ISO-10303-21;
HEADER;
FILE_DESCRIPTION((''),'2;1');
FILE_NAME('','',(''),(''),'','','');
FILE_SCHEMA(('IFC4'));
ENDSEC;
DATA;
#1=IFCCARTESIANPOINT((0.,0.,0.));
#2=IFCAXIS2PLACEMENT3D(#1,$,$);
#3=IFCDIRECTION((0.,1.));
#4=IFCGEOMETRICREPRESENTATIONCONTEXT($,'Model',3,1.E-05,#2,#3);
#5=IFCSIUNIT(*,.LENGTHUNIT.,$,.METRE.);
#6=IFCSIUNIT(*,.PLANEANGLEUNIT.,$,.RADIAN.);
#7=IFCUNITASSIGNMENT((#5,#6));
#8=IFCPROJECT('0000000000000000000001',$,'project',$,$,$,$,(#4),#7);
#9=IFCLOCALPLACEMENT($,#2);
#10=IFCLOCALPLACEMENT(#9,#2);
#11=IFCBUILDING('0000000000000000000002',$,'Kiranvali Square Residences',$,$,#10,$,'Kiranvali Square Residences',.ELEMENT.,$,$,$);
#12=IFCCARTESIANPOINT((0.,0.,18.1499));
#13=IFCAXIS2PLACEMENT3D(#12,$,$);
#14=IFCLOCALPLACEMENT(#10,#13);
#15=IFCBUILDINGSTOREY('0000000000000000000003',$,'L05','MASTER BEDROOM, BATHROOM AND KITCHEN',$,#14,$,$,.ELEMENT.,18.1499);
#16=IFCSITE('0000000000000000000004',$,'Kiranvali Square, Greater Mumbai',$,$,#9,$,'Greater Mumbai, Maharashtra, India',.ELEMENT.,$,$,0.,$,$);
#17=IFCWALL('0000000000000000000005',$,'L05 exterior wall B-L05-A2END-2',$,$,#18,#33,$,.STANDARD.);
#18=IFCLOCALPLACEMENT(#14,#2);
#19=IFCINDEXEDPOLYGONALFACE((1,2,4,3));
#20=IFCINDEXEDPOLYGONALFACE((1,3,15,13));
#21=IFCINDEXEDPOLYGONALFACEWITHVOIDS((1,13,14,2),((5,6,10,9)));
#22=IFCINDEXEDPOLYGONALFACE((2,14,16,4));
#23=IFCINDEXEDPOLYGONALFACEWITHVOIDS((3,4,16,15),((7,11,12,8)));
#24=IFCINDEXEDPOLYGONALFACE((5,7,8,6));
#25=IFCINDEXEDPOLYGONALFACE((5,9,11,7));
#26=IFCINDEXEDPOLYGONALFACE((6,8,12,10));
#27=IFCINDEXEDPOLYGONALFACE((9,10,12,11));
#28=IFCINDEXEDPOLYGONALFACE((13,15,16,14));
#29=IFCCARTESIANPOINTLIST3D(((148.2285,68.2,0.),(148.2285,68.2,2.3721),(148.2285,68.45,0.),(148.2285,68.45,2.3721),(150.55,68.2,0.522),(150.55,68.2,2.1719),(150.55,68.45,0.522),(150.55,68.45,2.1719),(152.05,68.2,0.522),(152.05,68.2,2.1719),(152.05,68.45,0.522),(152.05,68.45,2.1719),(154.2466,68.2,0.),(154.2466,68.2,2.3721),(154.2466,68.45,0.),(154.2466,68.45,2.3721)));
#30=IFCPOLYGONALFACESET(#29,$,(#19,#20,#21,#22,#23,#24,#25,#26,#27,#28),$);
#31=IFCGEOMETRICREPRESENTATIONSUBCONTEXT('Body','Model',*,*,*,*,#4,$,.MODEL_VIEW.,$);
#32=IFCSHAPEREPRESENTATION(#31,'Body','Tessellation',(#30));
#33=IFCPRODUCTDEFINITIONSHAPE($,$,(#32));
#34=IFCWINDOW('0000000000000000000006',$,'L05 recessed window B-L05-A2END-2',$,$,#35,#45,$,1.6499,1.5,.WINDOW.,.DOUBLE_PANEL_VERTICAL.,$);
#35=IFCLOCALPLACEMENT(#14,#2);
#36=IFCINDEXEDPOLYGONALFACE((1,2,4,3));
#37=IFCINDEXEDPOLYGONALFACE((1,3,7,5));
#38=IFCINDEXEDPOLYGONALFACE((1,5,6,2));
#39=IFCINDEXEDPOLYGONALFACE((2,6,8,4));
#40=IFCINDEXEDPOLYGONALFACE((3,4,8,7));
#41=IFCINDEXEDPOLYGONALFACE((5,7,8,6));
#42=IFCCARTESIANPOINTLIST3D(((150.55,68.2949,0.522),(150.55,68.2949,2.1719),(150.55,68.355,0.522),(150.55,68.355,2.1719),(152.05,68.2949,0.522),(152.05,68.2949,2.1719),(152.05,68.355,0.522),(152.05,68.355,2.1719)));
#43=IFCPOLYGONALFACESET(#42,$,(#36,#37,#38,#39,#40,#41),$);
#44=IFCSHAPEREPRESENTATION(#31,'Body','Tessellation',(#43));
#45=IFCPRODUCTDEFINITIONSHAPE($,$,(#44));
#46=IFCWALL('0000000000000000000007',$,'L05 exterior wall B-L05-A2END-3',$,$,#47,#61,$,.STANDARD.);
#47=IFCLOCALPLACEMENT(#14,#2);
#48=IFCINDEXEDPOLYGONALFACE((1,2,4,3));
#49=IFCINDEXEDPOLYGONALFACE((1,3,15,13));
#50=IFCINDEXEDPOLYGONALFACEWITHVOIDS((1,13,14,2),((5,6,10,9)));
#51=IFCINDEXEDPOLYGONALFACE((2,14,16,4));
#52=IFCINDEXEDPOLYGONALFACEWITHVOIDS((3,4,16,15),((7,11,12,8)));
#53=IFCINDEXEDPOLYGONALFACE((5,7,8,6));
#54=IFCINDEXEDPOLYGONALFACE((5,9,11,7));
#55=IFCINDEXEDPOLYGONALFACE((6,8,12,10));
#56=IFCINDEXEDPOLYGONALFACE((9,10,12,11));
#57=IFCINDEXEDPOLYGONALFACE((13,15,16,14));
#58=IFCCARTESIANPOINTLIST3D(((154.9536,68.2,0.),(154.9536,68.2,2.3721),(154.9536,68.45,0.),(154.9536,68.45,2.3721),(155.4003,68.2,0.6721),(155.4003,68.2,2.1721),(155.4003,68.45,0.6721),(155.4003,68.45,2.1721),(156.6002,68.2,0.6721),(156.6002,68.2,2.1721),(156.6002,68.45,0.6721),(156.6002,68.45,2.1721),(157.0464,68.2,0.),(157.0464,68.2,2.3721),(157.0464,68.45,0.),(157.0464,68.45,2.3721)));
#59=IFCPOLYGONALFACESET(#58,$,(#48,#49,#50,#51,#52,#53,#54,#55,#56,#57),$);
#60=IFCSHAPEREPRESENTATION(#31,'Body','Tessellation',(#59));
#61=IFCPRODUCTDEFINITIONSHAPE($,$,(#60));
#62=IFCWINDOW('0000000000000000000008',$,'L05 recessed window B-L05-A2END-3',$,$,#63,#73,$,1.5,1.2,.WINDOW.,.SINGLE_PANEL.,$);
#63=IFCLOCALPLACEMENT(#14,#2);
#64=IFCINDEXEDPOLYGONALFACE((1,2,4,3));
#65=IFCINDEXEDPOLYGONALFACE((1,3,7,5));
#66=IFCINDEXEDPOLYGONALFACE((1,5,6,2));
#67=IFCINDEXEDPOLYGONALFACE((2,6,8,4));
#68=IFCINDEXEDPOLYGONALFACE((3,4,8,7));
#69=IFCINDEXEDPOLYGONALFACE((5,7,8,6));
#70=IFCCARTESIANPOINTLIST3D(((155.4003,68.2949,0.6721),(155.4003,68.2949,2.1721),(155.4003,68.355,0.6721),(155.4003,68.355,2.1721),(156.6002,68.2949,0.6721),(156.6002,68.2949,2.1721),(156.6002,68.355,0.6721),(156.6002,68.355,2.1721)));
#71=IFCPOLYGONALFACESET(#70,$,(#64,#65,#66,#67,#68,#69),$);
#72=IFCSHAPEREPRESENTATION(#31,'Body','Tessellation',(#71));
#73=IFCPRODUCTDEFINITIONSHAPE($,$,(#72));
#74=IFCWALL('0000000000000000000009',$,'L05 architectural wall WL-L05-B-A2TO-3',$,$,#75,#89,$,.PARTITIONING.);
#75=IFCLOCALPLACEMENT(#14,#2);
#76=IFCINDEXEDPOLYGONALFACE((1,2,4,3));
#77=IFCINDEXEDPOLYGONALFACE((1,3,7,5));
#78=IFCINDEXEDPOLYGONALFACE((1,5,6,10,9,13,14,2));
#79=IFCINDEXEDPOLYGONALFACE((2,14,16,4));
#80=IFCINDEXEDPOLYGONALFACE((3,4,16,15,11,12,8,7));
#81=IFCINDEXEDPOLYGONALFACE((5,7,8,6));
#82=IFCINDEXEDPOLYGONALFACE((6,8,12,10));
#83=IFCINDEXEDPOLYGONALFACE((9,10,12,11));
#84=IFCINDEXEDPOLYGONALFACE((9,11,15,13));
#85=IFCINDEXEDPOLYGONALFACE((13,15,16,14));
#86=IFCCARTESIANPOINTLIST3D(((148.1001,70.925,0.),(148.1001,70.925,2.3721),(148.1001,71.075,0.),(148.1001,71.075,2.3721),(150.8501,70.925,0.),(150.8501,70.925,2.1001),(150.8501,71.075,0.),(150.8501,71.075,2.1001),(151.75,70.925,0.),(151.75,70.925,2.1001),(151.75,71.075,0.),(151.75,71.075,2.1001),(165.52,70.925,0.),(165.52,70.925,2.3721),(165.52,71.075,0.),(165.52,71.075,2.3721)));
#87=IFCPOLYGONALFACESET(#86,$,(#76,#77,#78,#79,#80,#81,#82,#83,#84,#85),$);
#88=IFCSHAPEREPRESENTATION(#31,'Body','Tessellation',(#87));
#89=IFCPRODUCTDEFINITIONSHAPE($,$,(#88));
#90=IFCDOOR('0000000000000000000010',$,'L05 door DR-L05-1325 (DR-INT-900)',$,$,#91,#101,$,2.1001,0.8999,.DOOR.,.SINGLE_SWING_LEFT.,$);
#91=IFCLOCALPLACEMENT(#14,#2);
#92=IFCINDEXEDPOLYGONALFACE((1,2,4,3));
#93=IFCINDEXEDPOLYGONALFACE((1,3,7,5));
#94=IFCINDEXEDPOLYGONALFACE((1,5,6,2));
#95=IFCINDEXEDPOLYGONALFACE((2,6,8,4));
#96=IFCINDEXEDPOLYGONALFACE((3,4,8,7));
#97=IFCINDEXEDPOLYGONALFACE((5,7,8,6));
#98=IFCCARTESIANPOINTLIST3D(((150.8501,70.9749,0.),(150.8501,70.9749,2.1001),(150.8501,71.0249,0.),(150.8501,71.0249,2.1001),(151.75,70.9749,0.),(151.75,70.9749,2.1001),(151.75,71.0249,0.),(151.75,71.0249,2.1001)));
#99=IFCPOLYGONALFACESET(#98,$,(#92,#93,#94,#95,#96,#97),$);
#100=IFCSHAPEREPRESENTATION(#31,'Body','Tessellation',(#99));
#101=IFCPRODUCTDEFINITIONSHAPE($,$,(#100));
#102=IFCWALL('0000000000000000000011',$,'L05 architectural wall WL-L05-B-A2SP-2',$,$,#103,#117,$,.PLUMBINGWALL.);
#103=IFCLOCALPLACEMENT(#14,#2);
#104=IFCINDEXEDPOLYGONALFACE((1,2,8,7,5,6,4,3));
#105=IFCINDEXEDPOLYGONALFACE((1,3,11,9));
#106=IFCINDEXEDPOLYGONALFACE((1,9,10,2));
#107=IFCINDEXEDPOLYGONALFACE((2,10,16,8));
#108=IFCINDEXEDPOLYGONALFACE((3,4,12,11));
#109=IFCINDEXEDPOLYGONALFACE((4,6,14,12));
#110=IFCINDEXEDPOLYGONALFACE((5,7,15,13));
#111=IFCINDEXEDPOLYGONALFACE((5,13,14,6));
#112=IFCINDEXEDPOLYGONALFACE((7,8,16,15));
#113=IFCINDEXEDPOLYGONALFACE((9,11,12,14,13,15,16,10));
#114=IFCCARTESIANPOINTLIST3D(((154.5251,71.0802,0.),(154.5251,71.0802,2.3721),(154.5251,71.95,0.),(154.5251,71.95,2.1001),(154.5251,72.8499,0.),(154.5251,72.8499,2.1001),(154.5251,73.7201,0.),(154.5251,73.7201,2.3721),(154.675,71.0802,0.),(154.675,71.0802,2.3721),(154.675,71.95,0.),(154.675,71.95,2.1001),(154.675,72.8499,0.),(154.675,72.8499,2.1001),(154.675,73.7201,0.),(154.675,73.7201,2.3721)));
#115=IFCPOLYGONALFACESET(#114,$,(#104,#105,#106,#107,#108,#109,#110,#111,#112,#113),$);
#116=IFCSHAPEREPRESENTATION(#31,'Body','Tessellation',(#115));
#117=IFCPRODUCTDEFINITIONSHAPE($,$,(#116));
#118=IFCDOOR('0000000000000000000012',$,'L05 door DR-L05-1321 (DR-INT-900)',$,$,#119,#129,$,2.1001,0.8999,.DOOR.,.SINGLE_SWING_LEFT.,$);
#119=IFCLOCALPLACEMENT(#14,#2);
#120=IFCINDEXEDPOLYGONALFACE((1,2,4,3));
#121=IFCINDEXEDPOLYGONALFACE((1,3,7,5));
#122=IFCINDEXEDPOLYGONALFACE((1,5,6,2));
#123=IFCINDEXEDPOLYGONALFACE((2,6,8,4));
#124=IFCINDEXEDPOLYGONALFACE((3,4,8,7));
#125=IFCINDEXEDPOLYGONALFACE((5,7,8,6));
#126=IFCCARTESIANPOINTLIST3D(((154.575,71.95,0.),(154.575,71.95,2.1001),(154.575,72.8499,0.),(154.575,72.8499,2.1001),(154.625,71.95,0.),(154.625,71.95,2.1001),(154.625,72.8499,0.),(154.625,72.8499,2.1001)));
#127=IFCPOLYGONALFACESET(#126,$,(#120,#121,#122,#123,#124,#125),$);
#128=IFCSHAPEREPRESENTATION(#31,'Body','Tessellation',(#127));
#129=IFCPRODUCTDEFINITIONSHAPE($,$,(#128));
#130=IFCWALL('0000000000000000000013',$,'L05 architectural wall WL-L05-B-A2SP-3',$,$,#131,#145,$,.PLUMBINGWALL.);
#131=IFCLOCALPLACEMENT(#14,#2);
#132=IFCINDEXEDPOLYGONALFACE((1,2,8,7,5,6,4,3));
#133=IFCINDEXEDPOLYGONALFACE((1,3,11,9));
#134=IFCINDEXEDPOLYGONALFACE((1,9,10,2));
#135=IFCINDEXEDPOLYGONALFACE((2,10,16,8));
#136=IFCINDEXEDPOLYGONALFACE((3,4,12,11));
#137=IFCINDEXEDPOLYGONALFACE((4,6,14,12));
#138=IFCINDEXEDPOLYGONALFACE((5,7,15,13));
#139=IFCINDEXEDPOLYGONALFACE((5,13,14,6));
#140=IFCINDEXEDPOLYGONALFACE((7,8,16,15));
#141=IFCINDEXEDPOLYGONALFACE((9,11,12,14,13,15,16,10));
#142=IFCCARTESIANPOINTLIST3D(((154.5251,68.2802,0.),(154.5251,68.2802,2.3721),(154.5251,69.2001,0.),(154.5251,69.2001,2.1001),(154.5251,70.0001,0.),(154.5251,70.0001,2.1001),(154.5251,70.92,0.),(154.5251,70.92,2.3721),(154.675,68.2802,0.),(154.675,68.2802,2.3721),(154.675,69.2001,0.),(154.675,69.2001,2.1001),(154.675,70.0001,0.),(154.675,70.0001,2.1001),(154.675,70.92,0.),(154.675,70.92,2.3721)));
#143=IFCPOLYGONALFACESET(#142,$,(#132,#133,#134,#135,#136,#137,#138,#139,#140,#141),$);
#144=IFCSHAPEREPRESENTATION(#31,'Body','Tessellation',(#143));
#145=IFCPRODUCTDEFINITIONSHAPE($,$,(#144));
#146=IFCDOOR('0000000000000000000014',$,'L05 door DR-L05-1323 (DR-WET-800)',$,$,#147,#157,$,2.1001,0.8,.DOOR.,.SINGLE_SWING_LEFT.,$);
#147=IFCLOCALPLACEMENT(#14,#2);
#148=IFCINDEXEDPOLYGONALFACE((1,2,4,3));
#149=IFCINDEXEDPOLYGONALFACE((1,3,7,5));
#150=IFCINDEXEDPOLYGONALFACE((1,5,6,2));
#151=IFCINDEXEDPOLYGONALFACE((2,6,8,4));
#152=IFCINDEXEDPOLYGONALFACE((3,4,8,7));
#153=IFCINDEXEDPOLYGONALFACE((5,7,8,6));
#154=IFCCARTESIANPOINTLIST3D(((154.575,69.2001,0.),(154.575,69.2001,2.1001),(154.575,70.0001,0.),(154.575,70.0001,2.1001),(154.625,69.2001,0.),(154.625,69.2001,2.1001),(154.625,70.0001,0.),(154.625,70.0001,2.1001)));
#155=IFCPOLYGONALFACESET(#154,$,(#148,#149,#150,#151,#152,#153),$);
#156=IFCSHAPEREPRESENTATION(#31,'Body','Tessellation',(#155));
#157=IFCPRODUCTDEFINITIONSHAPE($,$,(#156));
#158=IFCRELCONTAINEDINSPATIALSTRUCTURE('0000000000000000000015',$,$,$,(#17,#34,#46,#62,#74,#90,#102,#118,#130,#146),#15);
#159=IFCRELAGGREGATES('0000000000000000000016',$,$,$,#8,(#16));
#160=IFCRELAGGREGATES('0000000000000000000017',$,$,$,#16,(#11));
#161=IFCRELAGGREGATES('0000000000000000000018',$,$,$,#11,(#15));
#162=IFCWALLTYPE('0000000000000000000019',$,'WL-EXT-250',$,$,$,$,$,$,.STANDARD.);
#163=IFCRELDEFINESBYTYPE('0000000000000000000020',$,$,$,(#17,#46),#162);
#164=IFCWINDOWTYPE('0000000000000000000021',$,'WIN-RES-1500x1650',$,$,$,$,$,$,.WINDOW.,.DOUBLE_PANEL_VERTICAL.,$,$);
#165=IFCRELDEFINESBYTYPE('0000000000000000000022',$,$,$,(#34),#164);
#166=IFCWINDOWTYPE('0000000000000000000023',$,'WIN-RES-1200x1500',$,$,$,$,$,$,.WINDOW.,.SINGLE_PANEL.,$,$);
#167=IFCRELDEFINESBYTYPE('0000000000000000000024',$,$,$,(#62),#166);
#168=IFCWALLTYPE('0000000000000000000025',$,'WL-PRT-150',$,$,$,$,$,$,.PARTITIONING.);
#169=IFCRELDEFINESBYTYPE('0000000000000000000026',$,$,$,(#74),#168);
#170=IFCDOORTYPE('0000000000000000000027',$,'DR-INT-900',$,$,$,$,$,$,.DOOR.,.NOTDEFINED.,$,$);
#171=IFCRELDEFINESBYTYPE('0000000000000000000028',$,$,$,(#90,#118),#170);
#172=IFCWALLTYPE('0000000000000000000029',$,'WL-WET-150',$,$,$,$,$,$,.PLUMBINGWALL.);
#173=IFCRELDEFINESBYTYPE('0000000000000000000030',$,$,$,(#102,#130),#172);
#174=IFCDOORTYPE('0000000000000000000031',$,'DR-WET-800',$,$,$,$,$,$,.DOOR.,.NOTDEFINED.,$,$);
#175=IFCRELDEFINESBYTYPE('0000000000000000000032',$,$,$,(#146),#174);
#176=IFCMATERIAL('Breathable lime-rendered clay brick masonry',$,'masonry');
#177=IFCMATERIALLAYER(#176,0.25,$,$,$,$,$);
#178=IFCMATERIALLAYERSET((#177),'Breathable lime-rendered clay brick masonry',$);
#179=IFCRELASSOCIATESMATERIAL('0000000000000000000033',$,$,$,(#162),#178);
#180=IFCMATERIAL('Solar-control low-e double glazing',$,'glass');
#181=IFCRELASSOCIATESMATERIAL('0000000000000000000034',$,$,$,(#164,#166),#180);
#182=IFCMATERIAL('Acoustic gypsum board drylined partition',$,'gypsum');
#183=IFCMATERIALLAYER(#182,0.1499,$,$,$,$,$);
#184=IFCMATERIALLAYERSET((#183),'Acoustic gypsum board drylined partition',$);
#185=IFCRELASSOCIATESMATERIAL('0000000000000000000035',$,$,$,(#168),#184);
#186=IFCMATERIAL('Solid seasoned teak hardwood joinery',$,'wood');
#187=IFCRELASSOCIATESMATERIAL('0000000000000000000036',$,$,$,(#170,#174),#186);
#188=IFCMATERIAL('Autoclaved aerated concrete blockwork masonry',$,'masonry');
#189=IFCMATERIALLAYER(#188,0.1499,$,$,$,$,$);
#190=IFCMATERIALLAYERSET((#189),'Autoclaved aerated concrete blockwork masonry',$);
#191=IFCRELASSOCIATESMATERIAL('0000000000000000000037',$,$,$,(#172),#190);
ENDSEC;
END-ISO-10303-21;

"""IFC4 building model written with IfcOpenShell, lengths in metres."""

from ifc_helpers import new_model, si_unit, direction, frame, frame_2d, origin, place, context, subcontext, project, spatial, rectangle, extrude, material, layer, layer_set, type_object, element, fill, save


model = new_model("IFC4")

# Units and contexts
model_context = context("Model", 3, precision=1e-05, world=origin(), true_north=direction((0.0, 1.0)))
body_context = subcontext(model_context, "Body", "Model", "MODEL_VIEW")
ifc_project = project(units=[si_unit("LENGTHUNIT", "METRE"), si_unit("PLANEANGLEUNIT", "RADIAN")], contexts=[model_context])

# Site, building, storey
site_placement = place(None, origin())
site = spatial("IfcSite", under=ifc_project, at=site_placement, Name="Kiranvali Square, Greater Mumbai", LongName="Greater Mumbai, Maharashtra, India", CompositionType="ELEMENT", RefElevation=0.0)
building_placement = place(site_placement, origin())
building = spatial("IfcBuilding", under=site, at=building_placement, Name="Kiranvali Square Residences", LongName="Kiranvali Square Residences", CompositionType="ELEMENT")
storey_placement = place(building_placement, frame((0.0, 0.0, 18.1499)))
storey = spatial("IfcBuildingStorey", under=building, at=storey_placement, Name="L05", Description="MASTER BEDROOM, BATHROOM AND KITCHEN", CompositionType="ELEMENT", Elevation=18.1499)

# Shared definitions
ifc_material_1 = material(Name="Autoclaved aerated concrete blockwork masonry", Category="masonry")

# Walls, openings, windows
ifc_material_2 = material(Name="Breathable lime-rendered clay brick masonry", Category="masonry")
ifc_layer_1 = layer(ifc_material_2, 0.25)
ifc_layer_set_1 = layer_set([ifc_layer_1], Name="Breathable lime-rendered clay brick masonry")
wall_type_1 = type_object("IfcWallType", Name="WL-EXT-250", PredefinedType="STANDARD", material=ifc_layer_set_1)
wall_1_placement = place(storey_placement, frame((148.2285, 68.325, 0.0), z_axis=(0.0, 0.0, 1.0), x_axis=(1.0, 0.0, 0.0)))
wall_1 = element("IfcWall", 1, at=wall_1_placement, inside=storey, type_object=wall_type_1, Name="L05 exterior wall B-L05-A2END-2", PredefinedType="STANDARD", context=body_context, shape_type="SweptSolid", body=[
    extrude(rectangle(XDim=6.0181, YDim=0.25, at=frame_2d((3.009, 0.0))), origin(), (0.0, 0.0, 1.0), 2.3721),
])
opening_1_placement = place(wall_1_placement, frame((2.3215, 0.0, 0.522)))
opening_1 = element("IfcOpeningElement", 2, at=opening_1_placement, cuts=wall_1, PredefinedType="OPENING", context=body_context, shape_type="SweptSolid", body=[
    extrude(rectangle(XDim=1.5, YDim=1.6499, at=frame_2d((0.75, 0.825))), frame((0.0, 0.135, 0.0), z_axis=(0.0, -1.0, 0.0), x_axis=(1.0, 0.0, 0.0)), (0.0, 0.0, 1.0), 0.27),
])
ifc_material_3 = material(Name="Solar-control low-e double glazing", Category="glass")
window_type_1 = type_object("IfcWindowType", Name="WIN-RES-1500x1650", PartitioningType="DOUBLE_PANEL_VERTICAL", PredefinedType="WINDOW", material=ifc_material_3)
window_1_placement = place(opening_1_placement, origin())
window_1 = element("IfcWindow", 3, at=window_1_placement, inside=storey, type_object=window_type_1, Name="L05 recessed window B-L05-A2END-2", OverallHeight=1.6499, OverallWidth=1.5, PartitioningType="DOUBLE_PANEL_VERTICAL", PredefinedType="WINDOW", context=body_context, shape_type="SweptSolid", body=[
    extrude(rectangle(XDim=1.5, YDim=1.6499, at=frame_2d((0.75, 0.825))), frame((0.0, 0.03, 0.0), z_axis=(0.0, -1.0, 0.0), x_axis=(1.0, 0.0, 0.0)), (0.0, 0.0, 1.0), 0.0601),
])
fill(opening_1, window_1)
wall_2_placement = place(storey_placement, frame((154.9536, 68.325, 0.0), z_axis=(0.0, 0.0, 1.0), x_axis=(1.0, 0.0, 0.0)))
wall_2 = element("IfcWall", 4, at=wall_2_placement, inside=storey, type_object=wall_type_1, Name="L05 exterior wall B-L05-A2END-3", PredefinedType="STANDARD", context=body_context, shape_type="SweptSolid", body=[
    extrude(rectangle(XDim=2.0928, YDim=0.25, at=frame_2d((1.0464, 0.0))), origin(), (0.0, 0.0, 1.0), 2.3721),
])
opening_2_placement = place(wall_2_placement, frame((0.4465, 0.0, 0.6721)))
opening_2 = element("IfcOpeningElement", 5, at=opening_2_placement, cuts=wall_2, PredefinedType="OPENING", context=body_context, shape_type="SweptSolid", body=[
    extrude(rectangle(XDim=1.2, YDim=1.5, at=frame_2d((0.6001, 0.75))), frame((0.0, 0.135, 0.0), z_axis=(0.0, -1.0, 0.0), x_axis=(1.0, 0.0, 0.0)), (0.0, 0.0, 1.0), 0.27),
])
window_type_2 = type_object("IfcWindowType", Name="WIN-RES-1200x1500", PartitioningType="SINGLE_PANEL", PredefinedType="WINDOW", material=ifc_material_3)
window_2_placement = place(opening_2_placement, origin())
window_2 = element("IfcWindow", 6, at=window_2_placement, inside=storey, type_object=window_type_2, Name="L05 recessed window B-L05-A2END-3", OverallHeight=1.5, OverallWidth=1.2, PartitioningType="SINGLE_PANEL", PredefinedType="WINDOW", context=body_context, shape_type="SweptSolid", body=[
    extrude(rectangle(XDim=1.2, YDim=1.5, at=frame_2d((0.6001, 0.75))), frame((0.0, 0.03, 0.0), z_axis=(0.0, -1.0, 0.0), x_axis=(1.0, 0.0, 0.0)), (0.0, 0.0, 1.0), 0.0601),
])
fill(opening_2, window_2)

# Walls, openings, doors
ifc_material_4 = material(Name="Acoustic gypsum board drylined partition", Category="gypsum")
ifc_layer_2 = layer(ifc_material_4, 0.1499)
ifc_layer_set_2 = layer_set([ifc_layer_2], Name="Acoustic gypsum board drylined partition")
wall_type_2 = type_object("IfcWallType", Name="WL-PRT-150", PredefinedType="PARTITIONING", material=ifc_layer_set_2)
wall_3_placement = place(storey_placement, frame((148.1001, 71.0, 0.0), z_axis=(0.0, 0.0, 1.0), x_axis=(1.0, 0.0, 0.0)))
wall_3 = element("IfcWall", 7, at=wall_3_placement, inside=storey, type_object=wall_type_2, Name="L05 architectural wall WL-L05-B-A2TO-3", PredefinedType="PARTITIONING", context=body_context, shape_type="SweptSolid", body=[
    extrude(rectangle(XDim=17.4199, YDim=0.1499, at=frame_2d((8.71, 0.0))), origin(), (0.0, 0.0, 1.0), 2.3721),
])
opening_3_placement = place(wall_3_placement, frame((2.75, 0.0, 0.0)))
opening_3 = element("IfcOpeningElement", 8, at=opening_3_placement, cuts=wall_3, PredefinedType="OPENING", context=body_context, shape_type="SweptSolid", body=[
    extrude(rectangle(XDim=0.8999, YDim=2.1001, at=frame_2d((0.45, 1.05))), frame((0.0, 0.085, 0.0), z_axis=(0.0, -1.0, 0.0), x_axis=(1.0, 0.0, 0.0)), (0.0, 0.0, 1.0), 0.1699),
])
ifc_material_5 = material(Name="Solid seasoned teak hardwood joinery", Category="wood")
door_type_1 = type_object("IfcDoorType", Name="DR-INT-900", OperationType="NOTDEFINED", PredefinedType="DOOR", material=ifc_material_5)
door_1_placement = place(opening_3_placement, origin())
door_1 = element("IfcDoor", 9, at=door_1_placement, inside=storey, type_object=door_type_1, Name="L05 door DR-L05-1325 (DR-INT-900)", OperationType="SINGLE_SWING_LEFT", OverallHeight=2.1001, OverallWidth=0.8999, PredefinedType="DOOR", context=body_context, shape_type="SweptSolid", body=[
    extrude(rectangle(XDim=0.8999, YDim=2.1001, at=frame_2d((0.45, 1.05))), frame((0.0, 0.0249, 0.0), z_axis=(0.0, -1.0, 0.0), x_axis=(1.0, 0.0, 0.0)), (0.0, 0.0, 1.0), 0.05),
])
fill(opening_3, door_1)
ifc_layer_3 = layer(ifc_material_1, 0.1499)
ifc_layer_set_3 = layer_set([ifc_layer_3], Name="Autoclaved aerated concrete blockwork masonry")
wall_type_3 = type_object("IfcWallType", Name="WL-WET-150", PredefinedType="PLUMBINGWALL", material=ifc_layer_set_3)
wall_4_placement = place(storey_placement, frame((154.6001, 73.72, 0.0), z_axis=(0.0, 0.0, 1.0), x_axis=(0.0, -1.0, 0.0)))
wall_4 = element("IfcWall", 10, at=wall_4_placement, inside=storey, type_object=wall_type_3, Name="L05 architectural wall WL-L05-B-A2SP-2", PredefinedType="PLUMBINGWALL", context=body_context, shape_type="SweptSolid", body=[
    extrude(rectangle(XDim=2.6399, YDim=0.1499, at=frame_2d((1.3198, 0.0))), origin(), (0.0, 0.0, 1.0), 2.3721),
])
opening_4_placement = place(wall_4_placement, frame((0.8701, 0.0, 0.0)))
opening_4 = element("IfcOpeningElement", 11, at=opening_4_placement, cuts=wall_4, PredefinedType="OPENING", context=body_context, shape_type="SweptSolid", body=[
    extrude(rectangle(XDim=0.8999, YDim=2.1001, at=frame_2d((0.45, 1.05))), frame((0.0, 0.085, 0.0), z_axis=(0.0, -1.0, 0.0), x_axis=(1.0, 0.0, 0.0)), (0.0, 0.0, 1.0), 0.1699),
])
door_2_placement = place(opening_4_placement, origin())
door_2 = element("IfcDoor", 12, at=door_2_placement, inside=storey, type_object=door_type_1, Name="L05 door DR-L05-1321 (DR-INT-900)", OperationType="SINGLE_SWING_LEFT", OverallHeight=2.1001, OverallWidth=0.8999, PredefinedType="DOOR", context=body_context, shape_type="SweptSolid", body=[
    extrude(rectangle(XDim=0.8999, YDim=2.1001, at=frame_2d((0.45, 1.05))), frame((0.0, 0.0249, 0.0), z_axis=(0.0, -1.0, 0.0), x_axis=(1.0, 0.0, 0.0)), (0.0, 0.0, 1.0), 0.05),
])
fill(opening_4, door_2)
wall_5_placement = place(storey_placement, frame((154.6001, 70.9199, 0.0), z_axis=(0.0, 0.0, 1.0), x_axis=(0.0, -1.0, 0.0)))
wall_5 = element("IfcWall", 13, at=wall_5_placement, inside=storey, type_object=wall_type_3, Name="L05 architectural wall WL-L05-B-A2SP-3", PredefinedType="PLUMBINGWALL", context=body_context, shape_type="SweptSolid", body=[
    extrude(rectangle(XDim=2.6399, YDim=0.1499, at=frame_2d((1.3198, 0.0))), origin(), (0.0, 0.0, 1.0), 2.3721),
])
opening_5_placement = place(wall_5_placement, frame((0.9199, 0.0, 0.0)))
opening_5 = element("IfcOpeningElement", 14, at=opening_5_placement, cuts=wall_5, PredefinedType="OPENING", context=body_context, shape_type="SweptSolid", body=[
    extrude(rectangle(XDim=0.8, YDim=2.1001, at=frame_2d((0.3999, 1.05))), frame((0.0, 0.085, 0.0), z_axis=(0.0, -1.0, 0.0), x_axis=(1.0, 0.0, 0.0)), (0.0, 0.0, 1.0), 0.1699),
])
door_type_2 = type_object("IfcDoorType", Name="DR-WET-800", OperationType="NOTDEFINED", PredefinedType="DOOR", material=ifc_material_5)
door_3_placement = place(opening_5_placement, origin())
door_3 = element("IfcDoor", 15, at=door_3_placement, inside=storey, type_object=door_type_2, Name="L05 door DR-L05-1323 (DR-WET-800)", OperationType="SINGLE_SWING_LEFT", OverallHeight=2.1001, OverallWidth=0.8, PredefinedType="DOOR", context=body_context, shape_type="SweptSolid", body=[
    extrude(rectangle(XDim=0.8, YDim=2.1001, at=frame_2d((0.3999, 1.05))), frame((0.0, 0.0249, 0.0), z_axis=(0.0, -1.0, 0.0), x_axis=(1.0, 0.0, 0.0)), (0.0, 0.0, 1.0), 0.05),
])
fill(opening_5, door_3)

save(model, "model.ifc")
